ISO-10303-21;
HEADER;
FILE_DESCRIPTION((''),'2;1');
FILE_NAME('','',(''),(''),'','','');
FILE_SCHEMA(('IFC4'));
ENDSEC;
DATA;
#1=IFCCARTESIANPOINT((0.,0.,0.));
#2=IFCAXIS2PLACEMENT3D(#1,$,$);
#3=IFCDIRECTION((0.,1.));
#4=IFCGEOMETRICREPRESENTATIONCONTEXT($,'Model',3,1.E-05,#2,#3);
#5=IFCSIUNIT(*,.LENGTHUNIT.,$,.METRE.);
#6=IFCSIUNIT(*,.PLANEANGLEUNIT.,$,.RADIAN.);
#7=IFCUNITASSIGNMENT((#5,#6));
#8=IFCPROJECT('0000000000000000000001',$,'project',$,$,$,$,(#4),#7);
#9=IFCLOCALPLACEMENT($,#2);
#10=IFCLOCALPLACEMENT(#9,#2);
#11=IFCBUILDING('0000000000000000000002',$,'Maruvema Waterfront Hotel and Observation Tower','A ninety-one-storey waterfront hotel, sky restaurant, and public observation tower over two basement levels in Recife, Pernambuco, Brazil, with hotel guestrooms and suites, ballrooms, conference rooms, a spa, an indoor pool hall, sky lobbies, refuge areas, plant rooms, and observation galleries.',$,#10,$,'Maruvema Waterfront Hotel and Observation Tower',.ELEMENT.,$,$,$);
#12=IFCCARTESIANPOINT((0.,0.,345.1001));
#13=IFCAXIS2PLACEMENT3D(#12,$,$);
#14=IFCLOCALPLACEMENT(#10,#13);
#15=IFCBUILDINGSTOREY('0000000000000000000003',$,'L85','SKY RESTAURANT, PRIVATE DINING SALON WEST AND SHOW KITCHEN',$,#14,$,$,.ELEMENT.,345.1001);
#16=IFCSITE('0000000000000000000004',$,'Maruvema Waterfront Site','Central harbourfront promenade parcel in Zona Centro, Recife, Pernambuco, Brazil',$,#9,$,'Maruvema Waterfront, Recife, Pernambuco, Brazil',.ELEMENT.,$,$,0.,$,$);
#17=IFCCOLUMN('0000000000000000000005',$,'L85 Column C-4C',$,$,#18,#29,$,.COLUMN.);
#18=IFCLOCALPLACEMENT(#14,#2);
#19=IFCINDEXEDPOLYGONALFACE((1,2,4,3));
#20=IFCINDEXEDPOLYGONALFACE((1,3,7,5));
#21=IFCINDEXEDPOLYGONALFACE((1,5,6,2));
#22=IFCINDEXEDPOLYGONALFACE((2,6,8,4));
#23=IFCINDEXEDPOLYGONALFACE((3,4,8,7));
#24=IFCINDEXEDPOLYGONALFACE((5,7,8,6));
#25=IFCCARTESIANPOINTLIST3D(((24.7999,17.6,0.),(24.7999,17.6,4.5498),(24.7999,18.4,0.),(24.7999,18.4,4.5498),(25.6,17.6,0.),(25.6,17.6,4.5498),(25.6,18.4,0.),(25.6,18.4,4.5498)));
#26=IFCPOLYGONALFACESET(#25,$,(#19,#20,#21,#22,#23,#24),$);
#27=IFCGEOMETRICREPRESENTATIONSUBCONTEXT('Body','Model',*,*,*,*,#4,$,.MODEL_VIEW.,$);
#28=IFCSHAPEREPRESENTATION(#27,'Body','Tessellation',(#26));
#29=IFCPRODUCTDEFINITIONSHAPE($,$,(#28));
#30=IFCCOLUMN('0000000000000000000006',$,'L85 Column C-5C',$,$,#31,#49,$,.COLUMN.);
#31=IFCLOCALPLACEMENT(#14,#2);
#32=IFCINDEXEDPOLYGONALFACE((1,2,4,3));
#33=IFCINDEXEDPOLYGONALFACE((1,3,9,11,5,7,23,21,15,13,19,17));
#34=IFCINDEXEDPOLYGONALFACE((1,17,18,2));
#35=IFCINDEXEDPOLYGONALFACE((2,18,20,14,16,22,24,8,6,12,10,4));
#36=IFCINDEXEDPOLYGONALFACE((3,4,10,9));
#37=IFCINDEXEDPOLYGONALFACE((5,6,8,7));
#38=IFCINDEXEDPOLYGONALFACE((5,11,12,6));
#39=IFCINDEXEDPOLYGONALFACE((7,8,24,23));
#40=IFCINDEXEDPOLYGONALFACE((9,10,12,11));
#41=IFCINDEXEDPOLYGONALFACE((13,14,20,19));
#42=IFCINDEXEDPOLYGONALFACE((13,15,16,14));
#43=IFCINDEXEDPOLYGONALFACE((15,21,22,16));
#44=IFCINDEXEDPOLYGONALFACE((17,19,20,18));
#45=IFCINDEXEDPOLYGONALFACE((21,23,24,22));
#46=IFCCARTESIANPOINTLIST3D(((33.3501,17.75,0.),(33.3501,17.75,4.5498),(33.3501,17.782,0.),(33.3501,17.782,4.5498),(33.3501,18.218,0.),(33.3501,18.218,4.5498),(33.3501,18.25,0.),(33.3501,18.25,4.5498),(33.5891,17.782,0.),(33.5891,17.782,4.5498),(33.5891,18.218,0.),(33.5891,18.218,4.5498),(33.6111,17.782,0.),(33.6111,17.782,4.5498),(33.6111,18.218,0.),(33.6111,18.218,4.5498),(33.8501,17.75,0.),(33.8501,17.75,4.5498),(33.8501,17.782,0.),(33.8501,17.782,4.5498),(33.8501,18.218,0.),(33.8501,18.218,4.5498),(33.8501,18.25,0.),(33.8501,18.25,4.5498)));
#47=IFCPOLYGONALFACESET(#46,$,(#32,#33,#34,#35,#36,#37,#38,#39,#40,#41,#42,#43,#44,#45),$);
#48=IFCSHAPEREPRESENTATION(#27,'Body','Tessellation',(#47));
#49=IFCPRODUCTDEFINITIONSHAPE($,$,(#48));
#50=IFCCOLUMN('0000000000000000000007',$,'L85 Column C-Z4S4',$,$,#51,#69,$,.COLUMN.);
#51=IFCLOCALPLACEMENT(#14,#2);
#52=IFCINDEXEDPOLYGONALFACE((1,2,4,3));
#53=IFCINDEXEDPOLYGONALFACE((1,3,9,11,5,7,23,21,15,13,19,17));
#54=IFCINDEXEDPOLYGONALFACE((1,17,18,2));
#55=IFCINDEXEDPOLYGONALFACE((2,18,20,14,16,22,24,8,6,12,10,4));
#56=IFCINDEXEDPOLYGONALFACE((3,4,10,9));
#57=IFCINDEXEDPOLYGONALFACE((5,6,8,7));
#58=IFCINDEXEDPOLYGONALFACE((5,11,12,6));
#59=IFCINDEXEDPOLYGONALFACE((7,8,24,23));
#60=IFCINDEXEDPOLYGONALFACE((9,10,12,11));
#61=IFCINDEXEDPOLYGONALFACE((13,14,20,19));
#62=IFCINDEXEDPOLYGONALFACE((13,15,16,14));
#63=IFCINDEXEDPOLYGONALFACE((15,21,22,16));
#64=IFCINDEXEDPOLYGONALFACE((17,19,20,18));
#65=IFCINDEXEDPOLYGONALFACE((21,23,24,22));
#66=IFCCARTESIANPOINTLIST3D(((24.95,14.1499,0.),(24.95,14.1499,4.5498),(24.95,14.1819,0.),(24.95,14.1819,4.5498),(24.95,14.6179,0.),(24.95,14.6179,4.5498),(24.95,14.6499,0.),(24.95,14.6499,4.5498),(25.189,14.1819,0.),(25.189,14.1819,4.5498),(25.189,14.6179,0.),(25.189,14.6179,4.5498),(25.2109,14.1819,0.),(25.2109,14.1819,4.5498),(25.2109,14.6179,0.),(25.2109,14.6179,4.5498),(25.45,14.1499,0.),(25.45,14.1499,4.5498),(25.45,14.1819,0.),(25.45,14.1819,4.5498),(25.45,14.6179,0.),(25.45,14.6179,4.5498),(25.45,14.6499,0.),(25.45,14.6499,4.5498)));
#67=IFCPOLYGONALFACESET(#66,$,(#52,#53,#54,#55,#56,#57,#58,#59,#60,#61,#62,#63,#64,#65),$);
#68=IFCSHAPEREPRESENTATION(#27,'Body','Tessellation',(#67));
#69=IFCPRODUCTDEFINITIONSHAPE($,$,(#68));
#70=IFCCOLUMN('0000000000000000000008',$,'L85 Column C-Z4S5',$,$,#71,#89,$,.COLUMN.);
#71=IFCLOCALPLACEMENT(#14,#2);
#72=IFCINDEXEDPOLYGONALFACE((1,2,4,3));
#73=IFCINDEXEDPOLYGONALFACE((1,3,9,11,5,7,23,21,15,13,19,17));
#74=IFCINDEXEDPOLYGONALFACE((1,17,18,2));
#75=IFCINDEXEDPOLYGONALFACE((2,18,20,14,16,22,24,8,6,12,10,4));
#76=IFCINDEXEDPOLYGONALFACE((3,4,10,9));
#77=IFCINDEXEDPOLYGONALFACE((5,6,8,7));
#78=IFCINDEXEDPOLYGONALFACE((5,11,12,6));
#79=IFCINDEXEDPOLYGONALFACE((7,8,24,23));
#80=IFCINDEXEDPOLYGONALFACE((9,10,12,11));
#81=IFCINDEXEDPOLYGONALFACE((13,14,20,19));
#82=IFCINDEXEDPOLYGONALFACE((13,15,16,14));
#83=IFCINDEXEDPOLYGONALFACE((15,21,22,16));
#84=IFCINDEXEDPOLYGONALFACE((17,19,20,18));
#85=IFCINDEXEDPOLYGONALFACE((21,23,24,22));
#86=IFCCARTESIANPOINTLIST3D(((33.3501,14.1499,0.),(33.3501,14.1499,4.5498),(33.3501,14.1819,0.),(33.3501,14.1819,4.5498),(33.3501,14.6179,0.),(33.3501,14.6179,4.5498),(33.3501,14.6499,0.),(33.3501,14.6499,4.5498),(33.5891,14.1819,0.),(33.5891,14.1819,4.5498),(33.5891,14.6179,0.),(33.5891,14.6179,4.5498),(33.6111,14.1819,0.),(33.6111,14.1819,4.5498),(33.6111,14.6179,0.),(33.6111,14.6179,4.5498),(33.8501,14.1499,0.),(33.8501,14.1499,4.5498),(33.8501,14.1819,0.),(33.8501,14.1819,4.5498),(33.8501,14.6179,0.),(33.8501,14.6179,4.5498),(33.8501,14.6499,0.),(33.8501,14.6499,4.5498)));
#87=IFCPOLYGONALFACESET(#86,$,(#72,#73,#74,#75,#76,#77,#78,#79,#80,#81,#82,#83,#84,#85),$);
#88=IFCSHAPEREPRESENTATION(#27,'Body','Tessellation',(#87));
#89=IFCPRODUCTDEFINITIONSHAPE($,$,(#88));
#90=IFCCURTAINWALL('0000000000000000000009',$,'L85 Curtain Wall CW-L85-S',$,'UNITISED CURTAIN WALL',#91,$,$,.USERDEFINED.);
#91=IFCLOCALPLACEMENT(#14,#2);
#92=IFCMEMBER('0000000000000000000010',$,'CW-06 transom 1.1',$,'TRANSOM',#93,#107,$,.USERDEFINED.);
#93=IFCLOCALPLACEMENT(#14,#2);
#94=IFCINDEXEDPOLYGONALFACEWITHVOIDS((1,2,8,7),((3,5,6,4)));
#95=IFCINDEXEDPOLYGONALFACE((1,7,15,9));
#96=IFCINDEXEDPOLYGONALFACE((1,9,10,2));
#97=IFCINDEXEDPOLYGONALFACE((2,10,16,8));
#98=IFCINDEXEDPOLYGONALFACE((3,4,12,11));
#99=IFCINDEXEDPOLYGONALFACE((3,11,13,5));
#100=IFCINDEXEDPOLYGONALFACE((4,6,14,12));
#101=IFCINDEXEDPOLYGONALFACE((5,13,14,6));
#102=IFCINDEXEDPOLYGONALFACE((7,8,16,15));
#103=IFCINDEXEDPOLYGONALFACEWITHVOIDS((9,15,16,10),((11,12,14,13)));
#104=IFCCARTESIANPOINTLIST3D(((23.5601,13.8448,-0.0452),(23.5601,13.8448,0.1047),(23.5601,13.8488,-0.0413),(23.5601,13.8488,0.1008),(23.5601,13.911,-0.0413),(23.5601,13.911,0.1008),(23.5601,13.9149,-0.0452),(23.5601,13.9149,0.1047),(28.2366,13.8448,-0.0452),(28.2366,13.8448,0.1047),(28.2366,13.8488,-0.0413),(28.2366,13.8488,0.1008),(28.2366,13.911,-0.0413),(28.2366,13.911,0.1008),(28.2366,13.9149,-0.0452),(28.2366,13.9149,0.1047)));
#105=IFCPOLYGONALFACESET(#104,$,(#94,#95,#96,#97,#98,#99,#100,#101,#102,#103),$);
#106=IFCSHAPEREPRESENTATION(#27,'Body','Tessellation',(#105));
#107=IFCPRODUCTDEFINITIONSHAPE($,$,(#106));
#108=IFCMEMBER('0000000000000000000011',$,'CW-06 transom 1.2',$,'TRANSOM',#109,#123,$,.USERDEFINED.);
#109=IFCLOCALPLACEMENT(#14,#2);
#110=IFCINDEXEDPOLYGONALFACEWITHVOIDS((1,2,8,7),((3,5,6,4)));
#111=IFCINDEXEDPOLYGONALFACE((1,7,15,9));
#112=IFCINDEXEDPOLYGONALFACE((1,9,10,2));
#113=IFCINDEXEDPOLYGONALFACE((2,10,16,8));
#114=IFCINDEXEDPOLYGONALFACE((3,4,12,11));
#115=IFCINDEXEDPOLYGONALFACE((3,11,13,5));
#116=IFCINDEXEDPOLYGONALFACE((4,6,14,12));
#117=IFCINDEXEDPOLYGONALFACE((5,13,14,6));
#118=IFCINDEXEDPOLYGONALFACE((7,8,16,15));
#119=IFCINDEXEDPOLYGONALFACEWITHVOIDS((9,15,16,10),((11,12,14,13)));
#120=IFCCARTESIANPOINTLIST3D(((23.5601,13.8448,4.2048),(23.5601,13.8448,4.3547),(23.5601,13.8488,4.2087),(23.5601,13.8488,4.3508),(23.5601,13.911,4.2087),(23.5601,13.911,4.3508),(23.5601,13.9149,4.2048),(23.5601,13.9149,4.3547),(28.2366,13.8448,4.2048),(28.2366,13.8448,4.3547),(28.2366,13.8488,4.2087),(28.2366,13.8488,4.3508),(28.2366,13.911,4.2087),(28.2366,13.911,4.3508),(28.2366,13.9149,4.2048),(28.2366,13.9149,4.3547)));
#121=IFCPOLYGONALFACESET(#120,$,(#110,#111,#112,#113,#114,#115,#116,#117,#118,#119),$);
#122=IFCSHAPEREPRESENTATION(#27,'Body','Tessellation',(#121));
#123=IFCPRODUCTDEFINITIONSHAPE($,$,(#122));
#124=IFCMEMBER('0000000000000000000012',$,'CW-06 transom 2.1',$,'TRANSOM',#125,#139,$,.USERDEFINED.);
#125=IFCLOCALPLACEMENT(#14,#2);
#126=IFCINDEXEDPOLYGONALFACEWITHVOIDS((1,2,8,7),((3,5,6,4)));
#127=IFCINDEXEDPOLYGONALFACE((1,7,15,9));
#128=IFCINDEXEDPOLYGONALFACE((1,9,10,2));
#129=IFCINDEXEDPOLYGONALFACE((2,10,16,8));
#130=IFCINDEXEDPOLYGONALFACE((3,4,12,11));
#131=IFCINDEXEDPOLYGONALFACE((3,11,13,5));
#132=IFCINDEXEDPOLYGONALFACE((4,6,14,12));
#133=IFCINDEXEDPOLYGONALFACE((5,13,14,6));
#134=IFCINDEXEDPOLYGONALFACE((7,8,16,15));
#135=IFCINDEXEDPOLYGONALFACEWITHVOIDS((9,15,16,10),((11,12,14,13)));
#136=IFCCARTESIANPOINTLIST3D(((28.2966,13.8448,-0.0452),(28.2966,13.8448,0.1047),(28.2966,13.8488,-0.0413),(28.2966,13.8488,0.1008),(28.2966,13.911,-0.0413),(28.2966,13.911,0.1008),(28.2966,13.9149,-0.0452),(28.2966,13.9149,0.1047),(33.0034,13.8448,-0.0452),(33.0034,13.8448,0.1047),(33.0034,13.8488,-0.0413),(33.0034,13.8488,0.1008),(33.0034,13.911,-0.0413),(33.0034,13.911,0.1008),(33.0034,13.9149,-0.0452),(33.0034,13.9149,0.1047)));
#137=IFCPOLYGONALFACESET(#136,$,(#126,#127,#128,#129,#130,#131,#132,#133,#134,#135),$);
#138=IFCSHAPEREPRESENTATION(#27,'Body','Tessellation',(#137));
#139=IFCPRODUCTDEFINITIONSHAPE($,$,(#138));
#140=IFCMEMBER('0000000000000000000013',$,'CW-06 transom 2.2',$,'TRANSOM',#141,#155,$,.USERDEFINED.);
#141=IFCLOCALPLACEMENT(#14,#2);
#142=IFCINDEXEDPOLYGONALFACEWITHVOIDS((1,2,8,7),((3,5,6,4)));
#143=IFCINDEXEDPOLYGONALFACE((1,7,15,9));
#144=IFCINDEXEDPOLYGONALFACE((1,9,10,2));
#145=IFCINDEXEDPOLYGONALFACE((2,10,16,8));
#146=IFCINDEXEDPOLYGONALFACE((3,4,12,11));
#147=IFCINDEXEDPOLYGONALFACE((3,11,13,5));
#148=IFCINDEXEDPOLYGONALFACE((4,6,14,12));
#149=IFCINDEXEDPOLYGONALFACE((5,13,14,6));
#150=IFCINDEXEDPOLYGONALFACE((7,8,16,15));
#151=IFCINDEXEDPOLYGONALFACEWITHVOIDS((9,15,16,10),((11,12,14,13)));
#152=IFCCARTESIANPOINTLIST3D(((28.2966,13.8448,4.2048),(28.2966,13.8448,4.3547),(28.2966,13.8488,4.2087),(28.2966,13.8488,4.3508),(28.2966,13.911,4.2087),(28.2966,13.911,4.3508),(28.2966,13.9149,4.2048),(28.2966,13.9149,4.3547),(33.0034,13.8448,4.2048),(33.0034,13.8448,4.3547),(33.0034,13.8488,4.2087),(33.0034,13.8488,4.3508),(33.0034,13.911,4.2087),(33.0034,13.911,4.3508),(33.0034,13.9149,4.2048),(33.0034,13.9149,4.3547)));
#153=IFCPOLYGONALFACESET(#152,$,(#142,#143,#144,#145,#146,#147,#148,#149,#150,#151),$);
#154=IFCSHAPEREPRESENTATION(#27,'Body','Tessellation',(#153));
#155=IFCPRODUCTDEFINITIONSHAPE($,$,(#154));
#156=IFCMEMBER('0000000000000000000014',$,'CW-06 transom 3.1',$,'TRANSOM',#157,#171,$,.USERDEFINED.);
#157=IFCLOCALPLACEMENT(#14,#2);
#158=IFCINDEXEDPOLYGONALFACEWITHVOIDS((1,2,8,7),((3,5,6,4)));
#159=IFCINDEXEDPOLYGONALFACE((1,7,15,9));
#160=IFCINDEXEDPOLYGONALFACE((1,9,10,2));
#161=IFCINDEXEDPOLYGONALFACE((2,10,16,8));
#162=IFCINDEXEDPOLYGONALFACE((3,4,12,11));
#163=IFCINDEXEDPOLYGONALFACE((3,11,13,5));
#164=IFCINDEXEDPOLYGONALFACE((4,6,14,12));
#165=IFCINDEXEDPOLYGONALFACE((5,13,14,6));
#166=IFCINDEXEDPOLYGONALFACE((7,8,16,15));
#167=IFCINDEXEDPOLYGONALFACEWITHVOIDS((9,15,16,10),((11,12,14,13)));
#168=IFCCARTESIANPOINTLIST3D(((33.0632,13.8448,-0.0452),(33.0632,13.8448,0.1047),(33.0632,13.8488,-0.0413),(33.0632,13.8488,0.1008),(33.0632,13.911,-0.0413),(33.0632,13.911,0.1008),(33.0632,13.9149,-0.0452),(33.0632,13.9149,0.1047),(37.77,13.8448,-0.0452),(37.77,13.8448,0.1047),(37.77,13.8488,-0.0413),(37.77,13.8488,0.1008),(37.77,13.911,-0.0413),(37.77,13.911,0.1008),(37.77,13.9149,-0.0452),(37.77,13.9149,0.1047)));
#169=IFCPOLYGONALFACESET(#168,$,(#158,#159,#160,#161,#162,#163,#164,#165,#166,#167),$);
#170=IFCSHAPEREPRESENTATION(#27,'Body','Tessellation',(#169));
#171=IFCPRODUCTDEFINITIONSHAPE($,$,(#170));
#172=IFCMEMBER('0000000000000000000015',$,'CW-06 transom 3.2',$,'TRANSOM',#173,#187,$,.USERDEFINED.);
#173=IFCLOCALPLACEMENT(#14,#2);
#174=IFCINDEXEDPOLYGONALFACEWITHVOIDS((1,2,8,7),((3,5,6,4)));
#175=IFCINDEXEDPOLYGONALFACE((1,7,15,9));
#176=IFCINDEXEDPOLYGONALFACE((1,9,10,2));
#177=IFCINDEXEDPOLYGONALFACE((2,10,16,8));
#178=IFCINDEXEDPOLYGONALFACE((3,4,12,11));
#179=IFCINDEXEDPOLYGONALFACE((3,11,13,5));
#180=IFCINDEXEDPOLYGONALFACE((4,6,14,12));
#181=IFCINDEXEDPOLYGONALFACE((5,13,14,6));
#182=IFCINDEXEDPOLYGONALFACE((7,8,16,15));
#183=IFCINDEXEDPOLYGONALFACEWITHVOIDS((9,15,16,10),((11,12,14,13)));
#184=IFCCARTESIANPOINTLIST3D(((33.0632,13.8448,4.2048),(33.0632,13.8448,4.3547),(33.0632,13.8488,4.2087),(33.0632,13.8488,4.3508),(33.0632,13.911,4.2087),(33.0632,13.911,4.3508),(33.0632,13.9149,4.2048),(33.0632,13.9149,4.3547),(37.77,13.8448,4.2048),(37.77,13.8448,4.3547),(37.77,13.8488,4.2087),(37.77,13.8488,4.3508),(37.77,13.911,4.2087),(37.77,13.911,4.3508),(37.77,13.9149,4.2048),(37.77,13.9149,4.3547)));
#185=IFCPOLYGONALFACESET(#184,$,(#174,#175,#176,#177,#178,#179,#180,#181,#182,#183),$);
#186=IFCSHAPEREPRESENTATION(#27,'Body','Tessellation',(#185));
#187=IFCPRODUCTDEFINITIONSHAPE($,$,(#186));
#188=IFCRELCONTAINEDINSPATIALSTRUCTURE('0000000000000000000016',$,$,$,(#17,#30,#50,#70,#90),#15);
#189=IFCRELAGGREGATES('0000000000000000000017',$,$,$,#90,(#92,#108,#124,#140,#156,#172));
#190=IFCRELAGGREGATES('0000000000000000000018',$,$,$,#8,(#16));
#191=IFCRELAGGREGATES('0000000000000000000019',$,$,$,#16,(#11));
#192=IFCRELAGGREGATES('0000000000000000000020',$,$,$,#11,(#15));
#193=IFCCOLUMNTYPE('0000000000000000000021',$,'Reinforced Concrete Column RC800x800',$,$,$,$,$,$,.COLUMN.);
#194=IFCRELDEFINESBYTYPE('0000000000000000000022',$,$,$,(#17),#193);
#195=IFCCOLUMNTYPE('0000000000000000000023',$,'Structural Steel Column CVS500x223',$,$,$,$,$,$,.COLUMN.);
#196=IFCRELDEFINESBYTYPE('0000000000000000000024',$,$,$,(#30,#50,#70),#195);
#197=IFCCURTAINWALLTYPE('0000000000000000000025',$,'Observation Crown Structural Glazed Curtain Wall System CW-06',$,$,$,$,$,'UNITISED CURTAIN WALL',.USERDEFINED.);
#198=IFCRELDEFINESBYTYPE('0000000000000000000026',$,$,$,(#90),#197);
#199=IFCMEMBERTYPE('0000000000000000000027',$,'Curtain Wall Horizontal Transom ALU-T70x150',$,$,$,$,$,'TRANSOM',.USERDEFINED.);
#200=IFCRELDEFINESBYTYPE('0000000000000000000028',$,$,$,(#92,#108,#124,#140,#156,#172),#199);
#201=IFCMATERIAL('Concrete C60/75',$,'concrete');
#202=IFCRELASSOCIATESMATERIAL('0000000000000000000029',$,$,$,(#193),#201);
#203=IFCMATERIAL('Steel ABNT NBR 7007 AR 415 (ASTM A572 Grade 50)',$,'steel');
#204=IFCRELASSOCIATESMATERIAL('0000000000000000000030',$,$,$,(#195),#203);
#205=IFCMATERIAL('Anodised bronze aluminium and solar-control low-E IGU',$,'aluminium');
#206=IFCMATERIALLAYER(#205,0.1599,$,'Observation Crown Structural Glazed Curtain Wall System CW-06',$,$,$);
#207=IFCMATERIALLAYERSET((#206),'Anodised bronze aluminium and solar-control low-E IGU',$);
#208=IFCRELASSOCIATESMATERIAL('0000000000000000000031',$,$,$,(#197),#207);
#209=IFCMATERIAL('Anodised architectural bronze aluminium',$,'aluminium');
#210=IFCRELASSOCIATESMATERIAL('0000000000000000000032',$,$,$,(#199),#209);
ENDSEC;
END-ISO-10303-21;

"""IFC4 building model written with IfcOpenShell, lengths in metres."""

from ifc_helpers import new_model, si_unit, direction, frame, origin, origin_2d, place, context, subcontext, project, spatial, rectangle, hollow_rectangle, i_section, extrude, material, layer, layer_set, material_profile, profile_set, type_object, element, aggregate, save


model = new_model("IFC4")

# Units and contexts
model_context = context("Model", 3, precision=1e-05, world=origin(), true_north=direction((0.0, 1.0)))
body_context = subcontext(model_context, "Body", "Model", "MODEL_VIEW")
ifc_project = project(units=[si_unit("LENGTHUNIT", "METRE"), si_unit("PLANEANGLEUNIT", "RADIAN")], contexts=[model_context])

# Site, building, storey
site_placement = place(None, origin())
site = spatial("IfcSite", under=ifc_project, at=site_placement, Name="Maruvema Waterfront Site", Description="Central harbourfront promenade parcel in Zona Centro, Recife, Pernambuco, Brazil", LongName="Maruvema Waterfront, Recife, Pernambuco, Brazil", CompositionType="ELEMENT", RefElevation=0.0)
building_placement = place(site_placement, origin())
building = spatial("IfcBuilding", under=site, at=building_placement, Name="Maruvema Waterfront Hotel and Observation Tower", Description="A ninety-one-storey waterfront hotel, sky restaurant, and public observation tower over two basement levels in Recife, Pernambuco, Brazil, with hotel guestrooms and suites, ballrooms, conference rooms, a spa, an indoor pool hall, sky lobbies, refuge areas, plant rooms, and observation galleries.", LongName="Maruvema Waterfront Hotel and Observation Tower", CompositionType="ELEMENT")
storey_placement = place(building_placement, frame((0.0, 0.0, 345.1001)))
storey = spatial("IfcBuildingStorey", under=building, at=storey_placement, Name="L85", Description="SKY RESTAURANT, PRIVATE DINING SALON WEST AND SHOW KITCHEN", CompositionType="ELEMENT", Elevation=345.1001)

# Columns
ifc_material_1 = material(Name="Concrete C60/75", Category="concrete")
ifc_material_profile_1 = material_profile(ifc_material_1, rectangle(XDim=0.8, YDim=0.8, at=origin_2d()), Name="RC800x800")
ifc_profile_set_1 = profile_set([ifc_material_profile_1], Name="Concrete C60/75")
column_type_1 = type_object("IfcColumnType", Name="Reinforced Concrete Column RC800x800", PredefinedType="COLUMN", material=ifc_profile_set_1)
column_placement = place(storey_placement, frame((25.2, 18.0, 0.0), z_axis=(0.0, 0.0, 1.0), x_axis=(1.0, 0.0, 0.0)))
element("IfcColumn", 1, at=column_placement, inside=storey, type_object=column_type_1, Name="L85 Column C-4C", PredefinedType="COLUMN", context=body_context, shape_type="SweptSolid", body=[
    extrude(rectangle(XDim=0.8, YDim=0.8, at=origin_2d()), origin(), (0.0, 0.0, 1.0), 4.5498),
])
ifc_material_2 = material(Name="Steel ABNT NBR 7007 AR 415 (ASTM A572 Grade 50)", Category="steel")
ifc_material_profile_2 = material_profile(ifc_material_2, i_section(OverallWidth=0.5, OverallDepth=0.5, WebThickness=0.022, FlangeThickness=0.032, at=origin_2d()), Name="CVS500x223")
ifc_profile_set_2 = profile_set([ifc_material_profile_2], Name="Steel ABNT NBR 7007 AR 415 (ASTM A572 Grade 50)")
column_type_2 = type_object("IfcColumnType", Name="Structural Steel Column CVS500x223", PredefinedType="COLUMN", material=ifc_profile_set_2)
for number, where, z_axis, x_axis, name in (
    (2, (33.6001, 18.0, 0.0), (0.0, 0.0, 1.0), (1.0, 0.0, 0.0), "L85 Column C-5C"),
    (3, (25.2, 14.3999, 0.0), (0.0, 0.0, 1.0), (1.0, 0.0, 0.0), "L85 Column C-Z4S4"),
    (4, (33.6001, 14.3999, 0.0), (0.0, 0.0, 1.0), (1.0, 0.0, 0.0), "L85 Column C-Z4S5"),
):
    element("IfcColumn", number, at=place(storey_placement, frame(where, z_axis=z_axis, x_axis=x_axis)), inside=storey, type_object=column_type_2, Name=name, PredefinedType="COLUMN", context=body_context, shape_type="SweptSolid", body=[
        extrude(i_section(OverallWidth=0.5, OverallDepth=0.5, WebThickness=0.022, FlangeThickness=0.032, at=origin_2d()), origin(), (0.0, 0.0, 1.0), 4.5498),
    ])

# Curtain wall, members
ifc_material_3 = material(Name="Anodised bronze aluminium and solar-control low-E IGU", Category="aluminium")
ifc_layer_1 = layer(ifc_material_3, 0.1599, Name="Observation Crown Structural Glazed Curtain Wall System CW-06")
ifc_layer_set_1 = layer_set([ifc_layer_1], Name="Anodised bronze aluminium and solar-control low-E IGU")
curtain_wall_type = type_object("IfcCurtainWallType", Name="Observation Crown Structural Glazed Curtain Wall System CW-06", ElementType="UNITISED CURTAIN WALL", PredefinedType="USERDEFINED", material=ifc_layer_set_1)
curtain_wall_placement = place(storey_placement, origin())
curtain_wall = element("IfcCurtainWall", 5, at=curtain_wall_placement, inside=storey, type_object=curtain_wall_type, Name="L85 Curtain Wall CW-L85-S", ObjectType="UNITISED CURTAIN WALL", PredefinedType="USERDEFINED")
ifc_material_4 = material(Name="Anodised architectural bronze aluminium", Category="aluminium")
ifc_material_profile_3 = material_profile(ifc_material_4, hollow_rectangle(XDim=0.0701, YDim=0.1499, WallThickness=0.0039, at=origin_2d()), Name="ALU-T70x150")
ifc_profile_set_3 = profile_set([ifc_material_profile_3], Name="Anodised architectural bronze aluminium")
member_type_1 = type_object("IfcMemberType", Name="Curtain Wall Horizontal Transom ALU-T70x150", ElementType="TRANSOM", PredefinedType="USERDEFINED", material=ifc_profile_set_3)
member_1_placement = place(storey_placement, frame((23.5601, 13.8799, 0.0298), z_axis=(1.0, 0.0, 0.0), x_axis=(0.0, 1.0, 0.0)))
member_1 = element("IfcMember", 6, at=member_1_placement, type_object=member_type_1, Name="CW-06 transom 1.1", ObjectType="TRANSOM", PredefinedType="USERDEFINED", context=body_context, shape_type="SweptSolid", body=[
    extrude(hollow_rectangle(XDim=0.0701, YDim=0.1499, WallThickness=0.0039, at=origin_2d()), origin(), (0.0, 0.0, 1.0), 4.6765),
])
member_2_placement = place(storey_placement, frame((23.5601, 13.8799, 4.2798), z_axis=(1.0, 0.0, 0.0), x_axis=(0.0, 1.0, 0.0)))
member_2 = element("IfcMember", 7, at=member_2_placement, type_object=member_type_1, Name="CW-06 transom 1.2", ObjectType="TRANSOM", PredefinedType="USERDEFINED", context=body_context, shape_type="SweptSolid", body=[
    extrude(hollow_rectangle(XDim=0.0701, YDim=0.1499, WallThickness=0.0039, at=origin_2d()), origin(), (0.0, 0.0, 1.0), 4.6765),
])
member_3_placement = place(storey_placement, frame((28.2966, 13.8799, 0.0298), z_axis=(1.0, 0.0, 0.0), x_axis=(0.0, 1.0, 0.0)))
member_3 = element("IfcMember", 8, at=member_3_placement, type_object=member_type_1, Name="CW-06 transom 2.1", ObjectType="TRANSOM", PredefinedType="USERDEFINED", context=body_context, shape_type="SweptSolid", body=[
    extrude(hollow_rectangle(XDim=0.0701, YDim=0.1499, WallThickness=0.0039, at=origin_2d()), origin(), (0.0, 0.0, 1.0), 4.7068),
])
member_4_placement = place(storey_placement, frame((28.2966, 13.8799, 4.2798), z_axis=(1.0, 0.0, 0.0), x_axis=(0.0, 1.0, 0.0)))
member_4 = element("IfcMember", 9, at=member_4_placement, type_object=member_type_1, Name="CW-06 transom 2.2", ObjectType="TRANSOM", PredefinedType="USERDEFINED", context=body_context, shape_type="SweptSolid", body=[
    extrude(hollow_rectangle(XDim=0.0701, YDim=0.1499, WallThickness=0.0039, at=origin_2d()), origin(), (0.0, 0.0, 1.0), 4.7068),
])
member_5_placement = place(storey_placement, frame((33.0632, 13.8799, 0.0298), z_axis=(1.0, 0.0, 0.0), x_axis=(0.0, 1.0, 0.0)))
member_5 = element("IfcMember", 10, at=member_5_placement, type_object=member_type_1, Name="CW-06 transom 3.1", ObjectType="TRANSOM", PredefinedType="USERDEFINED", context=body_context, shape_type="SweptSolid", body=[
    extrude(hollow_rectangle(XDim=0.0701, YDim=0.1499, WallThickness=0.0039, at=origin_2d()), origin(), (0.0, 0.0, 1.0), 4.7068),
])
member_6_placement = place(storey_placement, frame((33.0632, 13.8799, 4.2798), z_axis=(1.0, 0.0, 0.0), x_axis=(0.0, 1.0, 0.0)))
member_6 = element("IfcMember", 11, at=member_6_placement, type_object=member_type_1, Name="CW-06 transom 3.2", ObjectType="TRANSOM", PredefinedType="USERDEFINED", context=body_context, shape_type="SweptSolid", body=[
    extrude(hollow_rectangle(XDim=0.0701, YDim=0.1499, WallThickness=0.0039, at=origin_2d()), origin(), (0.0, 0.0, 1.0), 4.7068),
])

aggregate(curtain_wall, [member_1, member_2, member_3, member_4, member_5, member_6])

save(model, "model.ifc")
